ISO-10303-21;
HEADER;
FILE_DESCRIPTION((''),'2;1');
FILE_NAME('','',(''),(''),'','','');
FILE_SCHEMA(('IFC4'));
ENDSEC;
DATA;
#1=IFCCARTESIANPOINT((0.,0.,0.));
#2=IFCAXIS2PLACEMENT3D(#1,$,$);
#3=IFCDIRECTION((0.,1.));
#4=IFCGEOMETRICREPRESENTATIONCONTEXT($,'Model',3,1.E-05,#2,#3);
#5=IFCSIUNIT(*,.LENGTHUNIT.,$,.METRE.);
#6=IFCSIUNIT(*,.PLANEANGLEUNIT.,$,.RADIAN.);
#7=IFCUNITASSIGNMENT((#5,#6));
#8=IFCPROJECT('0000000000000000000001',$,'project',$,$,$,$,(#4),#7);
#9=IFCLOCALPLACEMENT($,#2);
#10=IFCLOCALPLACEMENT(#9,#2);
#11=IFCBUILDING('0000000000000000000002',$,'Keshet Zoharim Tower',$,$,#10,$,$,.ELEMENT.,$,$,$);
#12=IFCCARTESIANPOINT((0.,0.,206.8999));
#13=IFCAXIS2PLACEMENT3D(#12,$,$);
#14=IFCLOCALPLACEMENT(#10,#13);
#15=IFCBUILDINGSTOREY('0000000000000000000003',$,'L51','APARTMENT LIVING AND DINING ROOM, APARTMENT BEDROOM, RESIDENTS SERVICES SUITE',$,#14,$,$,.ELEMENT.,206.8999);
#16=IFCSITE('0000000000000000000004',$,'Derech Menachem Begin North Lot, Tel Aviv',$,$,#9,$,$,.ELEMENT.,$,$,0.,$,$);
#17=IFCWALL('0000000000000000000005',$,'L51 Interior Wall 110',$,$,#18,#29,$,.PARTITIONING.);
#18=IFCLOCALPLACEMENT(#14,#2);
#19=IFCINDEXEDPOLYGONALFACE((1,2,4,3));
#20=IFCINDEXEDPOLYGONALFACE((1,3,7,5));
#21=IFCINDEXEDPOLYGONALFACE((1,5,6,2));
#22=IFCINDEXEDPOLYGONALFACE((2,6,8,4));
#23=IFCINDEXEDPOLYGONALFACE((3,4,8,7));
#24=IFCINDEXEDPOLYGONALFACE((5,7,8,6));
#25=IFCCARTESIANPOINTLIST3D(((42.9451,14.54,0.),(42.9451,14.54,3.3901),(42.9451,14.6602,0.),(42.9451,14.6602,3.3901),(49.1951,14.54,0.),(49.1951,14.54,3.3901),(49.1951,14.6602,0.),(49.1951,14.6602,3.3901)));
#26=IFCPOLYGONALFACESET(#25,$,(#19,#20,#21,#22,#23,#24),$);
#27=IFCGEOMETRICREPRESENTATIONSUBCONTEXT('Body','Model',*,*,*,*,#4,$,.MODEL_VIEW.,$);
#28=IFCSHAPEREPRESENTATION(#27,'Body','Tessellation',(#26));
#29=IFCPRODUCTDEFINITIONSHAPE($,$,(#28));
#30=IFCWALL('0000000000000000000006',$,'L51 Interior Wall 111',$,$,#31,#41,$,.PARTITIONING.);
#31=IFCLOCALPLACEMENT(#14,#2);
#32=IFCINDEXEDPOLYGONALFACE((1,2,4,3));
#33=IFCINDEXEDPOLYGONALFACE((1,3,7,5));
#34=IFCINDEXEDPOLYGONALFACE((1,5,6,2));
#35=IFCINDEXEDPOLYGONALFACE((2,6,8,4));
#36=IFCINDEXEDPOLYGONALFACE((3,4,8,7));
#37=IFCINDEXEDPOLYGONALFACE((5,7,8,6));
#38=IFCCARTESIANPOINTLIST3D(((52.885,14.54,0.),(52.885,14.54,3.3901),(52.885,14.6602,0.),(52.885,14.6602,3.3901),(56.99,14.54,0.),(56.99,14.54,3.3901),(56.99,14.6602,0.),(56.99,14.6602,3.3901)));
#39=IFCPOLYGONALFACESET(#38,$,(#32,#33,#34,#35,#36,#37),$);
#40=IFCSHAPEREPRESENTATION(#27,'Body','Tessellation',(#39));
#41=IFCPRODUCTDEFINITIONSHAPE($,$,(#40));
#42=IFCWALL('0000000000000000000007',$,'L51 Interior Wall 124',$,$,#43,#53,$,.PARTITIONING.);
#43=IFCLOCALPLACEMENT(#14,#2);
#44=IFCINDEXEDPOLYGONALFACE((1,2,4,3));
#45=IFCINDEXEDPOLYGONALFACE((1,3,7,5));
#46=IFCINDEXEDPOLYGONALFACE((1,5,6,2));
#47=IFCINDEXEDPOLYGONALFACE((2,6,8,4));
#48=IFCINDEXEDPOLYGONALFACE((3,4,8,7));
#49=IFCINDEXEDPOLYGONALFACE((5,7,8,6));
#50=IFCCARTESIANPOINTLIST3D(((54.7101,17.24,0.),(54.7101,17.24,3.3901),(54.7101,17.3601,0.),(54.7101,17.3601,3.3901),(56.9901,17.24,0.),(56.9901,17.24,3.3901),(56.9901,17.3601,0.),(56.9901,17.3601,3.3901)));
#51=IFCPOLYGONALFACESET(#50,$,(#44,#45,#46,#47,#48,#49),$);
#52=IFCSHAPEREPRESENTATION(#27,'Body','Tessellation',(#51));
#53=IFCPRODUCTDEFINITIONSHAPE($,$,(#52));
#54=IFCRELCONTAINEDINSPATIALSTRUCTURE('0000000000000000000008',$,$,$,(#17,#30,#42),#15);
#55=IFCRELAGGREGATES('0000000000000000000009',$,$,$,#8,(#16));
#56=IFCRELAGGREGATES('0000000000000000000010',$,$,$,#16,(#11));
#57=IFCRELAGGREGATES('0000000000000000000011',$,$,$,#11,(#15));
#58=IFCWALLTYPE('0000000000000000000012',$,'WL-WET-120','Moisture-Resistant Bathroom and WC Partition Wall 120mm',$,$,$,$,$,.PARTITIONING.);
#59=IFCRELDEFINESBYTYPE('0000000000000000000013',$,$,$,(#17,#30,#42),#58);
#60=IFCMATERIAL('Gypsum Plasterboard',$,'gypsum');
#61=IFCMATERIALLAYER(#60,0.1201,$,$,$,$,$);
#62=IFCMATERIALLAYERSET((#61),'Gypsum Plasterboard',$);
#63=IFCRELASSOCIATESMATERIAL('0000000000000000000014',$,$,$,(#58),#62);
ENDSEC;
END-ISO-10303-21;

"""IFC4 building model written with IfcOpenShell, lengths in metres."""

from ifc_helpers import new_model, si_unit, direction, frame, frame_2d, origin, place, context, subcontext, project, spatial, rectangle, extrude, material, layer, layer_set, type_object, element, save


model = new_model("IFC4")

# Units and contexts
model_context = context("Model", 3, precision=1e-05, world=origin(), true_north=direction((0.0, 1.0)))
body_context = subcontext(model_context, "Body", "Model", "MODEL_VIEW")
ifc_project = project(units=[si_unit("LENGTHUNIT", "METRE"), si_unit("PLANEANGLEUNIT", "RADIAN")], contexts=[model_context])

# Site, building, storey
site_placement = place(None, origin())
site = spatial("IfcSite", under=ifc_project, at=site_placement, Name="Derech Menachem Begin North Lot, Tel Aviv", CompositionType="ELEMENT", RefElevation=0.0)
building_placement = place(site_placement, origin())
building = spatial("IfcBuilding", under=site, at=building_placement, Name="Keshet Zoharim Tower", CompositionType="ELEMENT")
storey_placement = place(building_placement, frame((0.0, 0.0, 206.8999)))
storey = spatial("IfcBuildingStorey", under=building, at=storey_placement, Name="L51", Description="APARTMENT LIVING AND DINING ROOM, APARTMENT BEDROOM, RESIDENTS SERVICES SUITE", CompositionType="ELEMENT", Elevation=206.8999)

# Shared definitions
ifc_material_1 = material(Name="Gypsum Plasterboard", Category="gypsum")

# Shared definitions
ifc_layer_1 = layer(ifc_material_1, 0.1201)
ifc_layer_set_1 = layer_set([ifc_layer_1], Name="Gypsum Plasterboard")
wall_type_1 = type_object("IfcWallType", Name="WL-WET-120", Description="Moisture-Resistant Bathroom and WC Partition Wall 120mm", PredefinedType="PARTITIONING", material=ifc_layer_set_1)

# Walls
wall_1_placement = place(storey_placement, frame((42.9451, 14.6001, 0.0), z_axis=(0.0, 0.0, 1.0), x_axis=(1.0, 0.0, 0.0)))
element("IfcWall", 1, at=wall_1_placement, inside=storey, type_object=wall_type_1, Name="L51 Interior Wall 110", PredefinedType="PARTITIONING", context=body_context, shape_type="SweptSolid", body=[
    extrude(rectangle(XDim=6.25, YDim=0.1201, at=frame_2d((3.125, 0.0))), origin(), (0.0, 0.0, 1.0), 3.3901),
])
wall_2_placement = place(storey_placement, frame((52.885, 14.6001, 0.0), z_axis=(0.0, 0.0, 1.0), x_axis=(1.0, 0.0, 0.0)))
element("IfcWall", 2, at=wall_2_placement, inside=storey, type_object=wall_type_1, Name="L51 Interior Wall 111", PredefinedType="PARTITIONING", context=body_context, shape_type="SweptSolid", body=[
    extrude(rectangle(XDim=4.105, YDim=0.1201, at=frame_2d((2.0525, 0.0))), origin(), (0.0, 0.0, 1.0), 3.3901),
])
wall_3_placement = place(storey_placement, frame((54.71, 17.3, 0.0), z_axis=(0.0, 0.0, 1.0), x_axis=(1.0, 0.0, 0.0)))
element("IfcWall", 3, at=wall_3_placement, inside=storey, type_object=wall_type_1, Name="L51 Interior Wall 124", PredefinedType="PARTITIONING", context=body_context, shape_type="SweptSolid", body=[
    extrude(rectangle(XDim=2.28, YDim=0.1201, at=frame_2d((1.1401, 0.0))), origin(), (0.0, 0.0, 1.0), 3.3901),
])

save(model, "model.ifc")
